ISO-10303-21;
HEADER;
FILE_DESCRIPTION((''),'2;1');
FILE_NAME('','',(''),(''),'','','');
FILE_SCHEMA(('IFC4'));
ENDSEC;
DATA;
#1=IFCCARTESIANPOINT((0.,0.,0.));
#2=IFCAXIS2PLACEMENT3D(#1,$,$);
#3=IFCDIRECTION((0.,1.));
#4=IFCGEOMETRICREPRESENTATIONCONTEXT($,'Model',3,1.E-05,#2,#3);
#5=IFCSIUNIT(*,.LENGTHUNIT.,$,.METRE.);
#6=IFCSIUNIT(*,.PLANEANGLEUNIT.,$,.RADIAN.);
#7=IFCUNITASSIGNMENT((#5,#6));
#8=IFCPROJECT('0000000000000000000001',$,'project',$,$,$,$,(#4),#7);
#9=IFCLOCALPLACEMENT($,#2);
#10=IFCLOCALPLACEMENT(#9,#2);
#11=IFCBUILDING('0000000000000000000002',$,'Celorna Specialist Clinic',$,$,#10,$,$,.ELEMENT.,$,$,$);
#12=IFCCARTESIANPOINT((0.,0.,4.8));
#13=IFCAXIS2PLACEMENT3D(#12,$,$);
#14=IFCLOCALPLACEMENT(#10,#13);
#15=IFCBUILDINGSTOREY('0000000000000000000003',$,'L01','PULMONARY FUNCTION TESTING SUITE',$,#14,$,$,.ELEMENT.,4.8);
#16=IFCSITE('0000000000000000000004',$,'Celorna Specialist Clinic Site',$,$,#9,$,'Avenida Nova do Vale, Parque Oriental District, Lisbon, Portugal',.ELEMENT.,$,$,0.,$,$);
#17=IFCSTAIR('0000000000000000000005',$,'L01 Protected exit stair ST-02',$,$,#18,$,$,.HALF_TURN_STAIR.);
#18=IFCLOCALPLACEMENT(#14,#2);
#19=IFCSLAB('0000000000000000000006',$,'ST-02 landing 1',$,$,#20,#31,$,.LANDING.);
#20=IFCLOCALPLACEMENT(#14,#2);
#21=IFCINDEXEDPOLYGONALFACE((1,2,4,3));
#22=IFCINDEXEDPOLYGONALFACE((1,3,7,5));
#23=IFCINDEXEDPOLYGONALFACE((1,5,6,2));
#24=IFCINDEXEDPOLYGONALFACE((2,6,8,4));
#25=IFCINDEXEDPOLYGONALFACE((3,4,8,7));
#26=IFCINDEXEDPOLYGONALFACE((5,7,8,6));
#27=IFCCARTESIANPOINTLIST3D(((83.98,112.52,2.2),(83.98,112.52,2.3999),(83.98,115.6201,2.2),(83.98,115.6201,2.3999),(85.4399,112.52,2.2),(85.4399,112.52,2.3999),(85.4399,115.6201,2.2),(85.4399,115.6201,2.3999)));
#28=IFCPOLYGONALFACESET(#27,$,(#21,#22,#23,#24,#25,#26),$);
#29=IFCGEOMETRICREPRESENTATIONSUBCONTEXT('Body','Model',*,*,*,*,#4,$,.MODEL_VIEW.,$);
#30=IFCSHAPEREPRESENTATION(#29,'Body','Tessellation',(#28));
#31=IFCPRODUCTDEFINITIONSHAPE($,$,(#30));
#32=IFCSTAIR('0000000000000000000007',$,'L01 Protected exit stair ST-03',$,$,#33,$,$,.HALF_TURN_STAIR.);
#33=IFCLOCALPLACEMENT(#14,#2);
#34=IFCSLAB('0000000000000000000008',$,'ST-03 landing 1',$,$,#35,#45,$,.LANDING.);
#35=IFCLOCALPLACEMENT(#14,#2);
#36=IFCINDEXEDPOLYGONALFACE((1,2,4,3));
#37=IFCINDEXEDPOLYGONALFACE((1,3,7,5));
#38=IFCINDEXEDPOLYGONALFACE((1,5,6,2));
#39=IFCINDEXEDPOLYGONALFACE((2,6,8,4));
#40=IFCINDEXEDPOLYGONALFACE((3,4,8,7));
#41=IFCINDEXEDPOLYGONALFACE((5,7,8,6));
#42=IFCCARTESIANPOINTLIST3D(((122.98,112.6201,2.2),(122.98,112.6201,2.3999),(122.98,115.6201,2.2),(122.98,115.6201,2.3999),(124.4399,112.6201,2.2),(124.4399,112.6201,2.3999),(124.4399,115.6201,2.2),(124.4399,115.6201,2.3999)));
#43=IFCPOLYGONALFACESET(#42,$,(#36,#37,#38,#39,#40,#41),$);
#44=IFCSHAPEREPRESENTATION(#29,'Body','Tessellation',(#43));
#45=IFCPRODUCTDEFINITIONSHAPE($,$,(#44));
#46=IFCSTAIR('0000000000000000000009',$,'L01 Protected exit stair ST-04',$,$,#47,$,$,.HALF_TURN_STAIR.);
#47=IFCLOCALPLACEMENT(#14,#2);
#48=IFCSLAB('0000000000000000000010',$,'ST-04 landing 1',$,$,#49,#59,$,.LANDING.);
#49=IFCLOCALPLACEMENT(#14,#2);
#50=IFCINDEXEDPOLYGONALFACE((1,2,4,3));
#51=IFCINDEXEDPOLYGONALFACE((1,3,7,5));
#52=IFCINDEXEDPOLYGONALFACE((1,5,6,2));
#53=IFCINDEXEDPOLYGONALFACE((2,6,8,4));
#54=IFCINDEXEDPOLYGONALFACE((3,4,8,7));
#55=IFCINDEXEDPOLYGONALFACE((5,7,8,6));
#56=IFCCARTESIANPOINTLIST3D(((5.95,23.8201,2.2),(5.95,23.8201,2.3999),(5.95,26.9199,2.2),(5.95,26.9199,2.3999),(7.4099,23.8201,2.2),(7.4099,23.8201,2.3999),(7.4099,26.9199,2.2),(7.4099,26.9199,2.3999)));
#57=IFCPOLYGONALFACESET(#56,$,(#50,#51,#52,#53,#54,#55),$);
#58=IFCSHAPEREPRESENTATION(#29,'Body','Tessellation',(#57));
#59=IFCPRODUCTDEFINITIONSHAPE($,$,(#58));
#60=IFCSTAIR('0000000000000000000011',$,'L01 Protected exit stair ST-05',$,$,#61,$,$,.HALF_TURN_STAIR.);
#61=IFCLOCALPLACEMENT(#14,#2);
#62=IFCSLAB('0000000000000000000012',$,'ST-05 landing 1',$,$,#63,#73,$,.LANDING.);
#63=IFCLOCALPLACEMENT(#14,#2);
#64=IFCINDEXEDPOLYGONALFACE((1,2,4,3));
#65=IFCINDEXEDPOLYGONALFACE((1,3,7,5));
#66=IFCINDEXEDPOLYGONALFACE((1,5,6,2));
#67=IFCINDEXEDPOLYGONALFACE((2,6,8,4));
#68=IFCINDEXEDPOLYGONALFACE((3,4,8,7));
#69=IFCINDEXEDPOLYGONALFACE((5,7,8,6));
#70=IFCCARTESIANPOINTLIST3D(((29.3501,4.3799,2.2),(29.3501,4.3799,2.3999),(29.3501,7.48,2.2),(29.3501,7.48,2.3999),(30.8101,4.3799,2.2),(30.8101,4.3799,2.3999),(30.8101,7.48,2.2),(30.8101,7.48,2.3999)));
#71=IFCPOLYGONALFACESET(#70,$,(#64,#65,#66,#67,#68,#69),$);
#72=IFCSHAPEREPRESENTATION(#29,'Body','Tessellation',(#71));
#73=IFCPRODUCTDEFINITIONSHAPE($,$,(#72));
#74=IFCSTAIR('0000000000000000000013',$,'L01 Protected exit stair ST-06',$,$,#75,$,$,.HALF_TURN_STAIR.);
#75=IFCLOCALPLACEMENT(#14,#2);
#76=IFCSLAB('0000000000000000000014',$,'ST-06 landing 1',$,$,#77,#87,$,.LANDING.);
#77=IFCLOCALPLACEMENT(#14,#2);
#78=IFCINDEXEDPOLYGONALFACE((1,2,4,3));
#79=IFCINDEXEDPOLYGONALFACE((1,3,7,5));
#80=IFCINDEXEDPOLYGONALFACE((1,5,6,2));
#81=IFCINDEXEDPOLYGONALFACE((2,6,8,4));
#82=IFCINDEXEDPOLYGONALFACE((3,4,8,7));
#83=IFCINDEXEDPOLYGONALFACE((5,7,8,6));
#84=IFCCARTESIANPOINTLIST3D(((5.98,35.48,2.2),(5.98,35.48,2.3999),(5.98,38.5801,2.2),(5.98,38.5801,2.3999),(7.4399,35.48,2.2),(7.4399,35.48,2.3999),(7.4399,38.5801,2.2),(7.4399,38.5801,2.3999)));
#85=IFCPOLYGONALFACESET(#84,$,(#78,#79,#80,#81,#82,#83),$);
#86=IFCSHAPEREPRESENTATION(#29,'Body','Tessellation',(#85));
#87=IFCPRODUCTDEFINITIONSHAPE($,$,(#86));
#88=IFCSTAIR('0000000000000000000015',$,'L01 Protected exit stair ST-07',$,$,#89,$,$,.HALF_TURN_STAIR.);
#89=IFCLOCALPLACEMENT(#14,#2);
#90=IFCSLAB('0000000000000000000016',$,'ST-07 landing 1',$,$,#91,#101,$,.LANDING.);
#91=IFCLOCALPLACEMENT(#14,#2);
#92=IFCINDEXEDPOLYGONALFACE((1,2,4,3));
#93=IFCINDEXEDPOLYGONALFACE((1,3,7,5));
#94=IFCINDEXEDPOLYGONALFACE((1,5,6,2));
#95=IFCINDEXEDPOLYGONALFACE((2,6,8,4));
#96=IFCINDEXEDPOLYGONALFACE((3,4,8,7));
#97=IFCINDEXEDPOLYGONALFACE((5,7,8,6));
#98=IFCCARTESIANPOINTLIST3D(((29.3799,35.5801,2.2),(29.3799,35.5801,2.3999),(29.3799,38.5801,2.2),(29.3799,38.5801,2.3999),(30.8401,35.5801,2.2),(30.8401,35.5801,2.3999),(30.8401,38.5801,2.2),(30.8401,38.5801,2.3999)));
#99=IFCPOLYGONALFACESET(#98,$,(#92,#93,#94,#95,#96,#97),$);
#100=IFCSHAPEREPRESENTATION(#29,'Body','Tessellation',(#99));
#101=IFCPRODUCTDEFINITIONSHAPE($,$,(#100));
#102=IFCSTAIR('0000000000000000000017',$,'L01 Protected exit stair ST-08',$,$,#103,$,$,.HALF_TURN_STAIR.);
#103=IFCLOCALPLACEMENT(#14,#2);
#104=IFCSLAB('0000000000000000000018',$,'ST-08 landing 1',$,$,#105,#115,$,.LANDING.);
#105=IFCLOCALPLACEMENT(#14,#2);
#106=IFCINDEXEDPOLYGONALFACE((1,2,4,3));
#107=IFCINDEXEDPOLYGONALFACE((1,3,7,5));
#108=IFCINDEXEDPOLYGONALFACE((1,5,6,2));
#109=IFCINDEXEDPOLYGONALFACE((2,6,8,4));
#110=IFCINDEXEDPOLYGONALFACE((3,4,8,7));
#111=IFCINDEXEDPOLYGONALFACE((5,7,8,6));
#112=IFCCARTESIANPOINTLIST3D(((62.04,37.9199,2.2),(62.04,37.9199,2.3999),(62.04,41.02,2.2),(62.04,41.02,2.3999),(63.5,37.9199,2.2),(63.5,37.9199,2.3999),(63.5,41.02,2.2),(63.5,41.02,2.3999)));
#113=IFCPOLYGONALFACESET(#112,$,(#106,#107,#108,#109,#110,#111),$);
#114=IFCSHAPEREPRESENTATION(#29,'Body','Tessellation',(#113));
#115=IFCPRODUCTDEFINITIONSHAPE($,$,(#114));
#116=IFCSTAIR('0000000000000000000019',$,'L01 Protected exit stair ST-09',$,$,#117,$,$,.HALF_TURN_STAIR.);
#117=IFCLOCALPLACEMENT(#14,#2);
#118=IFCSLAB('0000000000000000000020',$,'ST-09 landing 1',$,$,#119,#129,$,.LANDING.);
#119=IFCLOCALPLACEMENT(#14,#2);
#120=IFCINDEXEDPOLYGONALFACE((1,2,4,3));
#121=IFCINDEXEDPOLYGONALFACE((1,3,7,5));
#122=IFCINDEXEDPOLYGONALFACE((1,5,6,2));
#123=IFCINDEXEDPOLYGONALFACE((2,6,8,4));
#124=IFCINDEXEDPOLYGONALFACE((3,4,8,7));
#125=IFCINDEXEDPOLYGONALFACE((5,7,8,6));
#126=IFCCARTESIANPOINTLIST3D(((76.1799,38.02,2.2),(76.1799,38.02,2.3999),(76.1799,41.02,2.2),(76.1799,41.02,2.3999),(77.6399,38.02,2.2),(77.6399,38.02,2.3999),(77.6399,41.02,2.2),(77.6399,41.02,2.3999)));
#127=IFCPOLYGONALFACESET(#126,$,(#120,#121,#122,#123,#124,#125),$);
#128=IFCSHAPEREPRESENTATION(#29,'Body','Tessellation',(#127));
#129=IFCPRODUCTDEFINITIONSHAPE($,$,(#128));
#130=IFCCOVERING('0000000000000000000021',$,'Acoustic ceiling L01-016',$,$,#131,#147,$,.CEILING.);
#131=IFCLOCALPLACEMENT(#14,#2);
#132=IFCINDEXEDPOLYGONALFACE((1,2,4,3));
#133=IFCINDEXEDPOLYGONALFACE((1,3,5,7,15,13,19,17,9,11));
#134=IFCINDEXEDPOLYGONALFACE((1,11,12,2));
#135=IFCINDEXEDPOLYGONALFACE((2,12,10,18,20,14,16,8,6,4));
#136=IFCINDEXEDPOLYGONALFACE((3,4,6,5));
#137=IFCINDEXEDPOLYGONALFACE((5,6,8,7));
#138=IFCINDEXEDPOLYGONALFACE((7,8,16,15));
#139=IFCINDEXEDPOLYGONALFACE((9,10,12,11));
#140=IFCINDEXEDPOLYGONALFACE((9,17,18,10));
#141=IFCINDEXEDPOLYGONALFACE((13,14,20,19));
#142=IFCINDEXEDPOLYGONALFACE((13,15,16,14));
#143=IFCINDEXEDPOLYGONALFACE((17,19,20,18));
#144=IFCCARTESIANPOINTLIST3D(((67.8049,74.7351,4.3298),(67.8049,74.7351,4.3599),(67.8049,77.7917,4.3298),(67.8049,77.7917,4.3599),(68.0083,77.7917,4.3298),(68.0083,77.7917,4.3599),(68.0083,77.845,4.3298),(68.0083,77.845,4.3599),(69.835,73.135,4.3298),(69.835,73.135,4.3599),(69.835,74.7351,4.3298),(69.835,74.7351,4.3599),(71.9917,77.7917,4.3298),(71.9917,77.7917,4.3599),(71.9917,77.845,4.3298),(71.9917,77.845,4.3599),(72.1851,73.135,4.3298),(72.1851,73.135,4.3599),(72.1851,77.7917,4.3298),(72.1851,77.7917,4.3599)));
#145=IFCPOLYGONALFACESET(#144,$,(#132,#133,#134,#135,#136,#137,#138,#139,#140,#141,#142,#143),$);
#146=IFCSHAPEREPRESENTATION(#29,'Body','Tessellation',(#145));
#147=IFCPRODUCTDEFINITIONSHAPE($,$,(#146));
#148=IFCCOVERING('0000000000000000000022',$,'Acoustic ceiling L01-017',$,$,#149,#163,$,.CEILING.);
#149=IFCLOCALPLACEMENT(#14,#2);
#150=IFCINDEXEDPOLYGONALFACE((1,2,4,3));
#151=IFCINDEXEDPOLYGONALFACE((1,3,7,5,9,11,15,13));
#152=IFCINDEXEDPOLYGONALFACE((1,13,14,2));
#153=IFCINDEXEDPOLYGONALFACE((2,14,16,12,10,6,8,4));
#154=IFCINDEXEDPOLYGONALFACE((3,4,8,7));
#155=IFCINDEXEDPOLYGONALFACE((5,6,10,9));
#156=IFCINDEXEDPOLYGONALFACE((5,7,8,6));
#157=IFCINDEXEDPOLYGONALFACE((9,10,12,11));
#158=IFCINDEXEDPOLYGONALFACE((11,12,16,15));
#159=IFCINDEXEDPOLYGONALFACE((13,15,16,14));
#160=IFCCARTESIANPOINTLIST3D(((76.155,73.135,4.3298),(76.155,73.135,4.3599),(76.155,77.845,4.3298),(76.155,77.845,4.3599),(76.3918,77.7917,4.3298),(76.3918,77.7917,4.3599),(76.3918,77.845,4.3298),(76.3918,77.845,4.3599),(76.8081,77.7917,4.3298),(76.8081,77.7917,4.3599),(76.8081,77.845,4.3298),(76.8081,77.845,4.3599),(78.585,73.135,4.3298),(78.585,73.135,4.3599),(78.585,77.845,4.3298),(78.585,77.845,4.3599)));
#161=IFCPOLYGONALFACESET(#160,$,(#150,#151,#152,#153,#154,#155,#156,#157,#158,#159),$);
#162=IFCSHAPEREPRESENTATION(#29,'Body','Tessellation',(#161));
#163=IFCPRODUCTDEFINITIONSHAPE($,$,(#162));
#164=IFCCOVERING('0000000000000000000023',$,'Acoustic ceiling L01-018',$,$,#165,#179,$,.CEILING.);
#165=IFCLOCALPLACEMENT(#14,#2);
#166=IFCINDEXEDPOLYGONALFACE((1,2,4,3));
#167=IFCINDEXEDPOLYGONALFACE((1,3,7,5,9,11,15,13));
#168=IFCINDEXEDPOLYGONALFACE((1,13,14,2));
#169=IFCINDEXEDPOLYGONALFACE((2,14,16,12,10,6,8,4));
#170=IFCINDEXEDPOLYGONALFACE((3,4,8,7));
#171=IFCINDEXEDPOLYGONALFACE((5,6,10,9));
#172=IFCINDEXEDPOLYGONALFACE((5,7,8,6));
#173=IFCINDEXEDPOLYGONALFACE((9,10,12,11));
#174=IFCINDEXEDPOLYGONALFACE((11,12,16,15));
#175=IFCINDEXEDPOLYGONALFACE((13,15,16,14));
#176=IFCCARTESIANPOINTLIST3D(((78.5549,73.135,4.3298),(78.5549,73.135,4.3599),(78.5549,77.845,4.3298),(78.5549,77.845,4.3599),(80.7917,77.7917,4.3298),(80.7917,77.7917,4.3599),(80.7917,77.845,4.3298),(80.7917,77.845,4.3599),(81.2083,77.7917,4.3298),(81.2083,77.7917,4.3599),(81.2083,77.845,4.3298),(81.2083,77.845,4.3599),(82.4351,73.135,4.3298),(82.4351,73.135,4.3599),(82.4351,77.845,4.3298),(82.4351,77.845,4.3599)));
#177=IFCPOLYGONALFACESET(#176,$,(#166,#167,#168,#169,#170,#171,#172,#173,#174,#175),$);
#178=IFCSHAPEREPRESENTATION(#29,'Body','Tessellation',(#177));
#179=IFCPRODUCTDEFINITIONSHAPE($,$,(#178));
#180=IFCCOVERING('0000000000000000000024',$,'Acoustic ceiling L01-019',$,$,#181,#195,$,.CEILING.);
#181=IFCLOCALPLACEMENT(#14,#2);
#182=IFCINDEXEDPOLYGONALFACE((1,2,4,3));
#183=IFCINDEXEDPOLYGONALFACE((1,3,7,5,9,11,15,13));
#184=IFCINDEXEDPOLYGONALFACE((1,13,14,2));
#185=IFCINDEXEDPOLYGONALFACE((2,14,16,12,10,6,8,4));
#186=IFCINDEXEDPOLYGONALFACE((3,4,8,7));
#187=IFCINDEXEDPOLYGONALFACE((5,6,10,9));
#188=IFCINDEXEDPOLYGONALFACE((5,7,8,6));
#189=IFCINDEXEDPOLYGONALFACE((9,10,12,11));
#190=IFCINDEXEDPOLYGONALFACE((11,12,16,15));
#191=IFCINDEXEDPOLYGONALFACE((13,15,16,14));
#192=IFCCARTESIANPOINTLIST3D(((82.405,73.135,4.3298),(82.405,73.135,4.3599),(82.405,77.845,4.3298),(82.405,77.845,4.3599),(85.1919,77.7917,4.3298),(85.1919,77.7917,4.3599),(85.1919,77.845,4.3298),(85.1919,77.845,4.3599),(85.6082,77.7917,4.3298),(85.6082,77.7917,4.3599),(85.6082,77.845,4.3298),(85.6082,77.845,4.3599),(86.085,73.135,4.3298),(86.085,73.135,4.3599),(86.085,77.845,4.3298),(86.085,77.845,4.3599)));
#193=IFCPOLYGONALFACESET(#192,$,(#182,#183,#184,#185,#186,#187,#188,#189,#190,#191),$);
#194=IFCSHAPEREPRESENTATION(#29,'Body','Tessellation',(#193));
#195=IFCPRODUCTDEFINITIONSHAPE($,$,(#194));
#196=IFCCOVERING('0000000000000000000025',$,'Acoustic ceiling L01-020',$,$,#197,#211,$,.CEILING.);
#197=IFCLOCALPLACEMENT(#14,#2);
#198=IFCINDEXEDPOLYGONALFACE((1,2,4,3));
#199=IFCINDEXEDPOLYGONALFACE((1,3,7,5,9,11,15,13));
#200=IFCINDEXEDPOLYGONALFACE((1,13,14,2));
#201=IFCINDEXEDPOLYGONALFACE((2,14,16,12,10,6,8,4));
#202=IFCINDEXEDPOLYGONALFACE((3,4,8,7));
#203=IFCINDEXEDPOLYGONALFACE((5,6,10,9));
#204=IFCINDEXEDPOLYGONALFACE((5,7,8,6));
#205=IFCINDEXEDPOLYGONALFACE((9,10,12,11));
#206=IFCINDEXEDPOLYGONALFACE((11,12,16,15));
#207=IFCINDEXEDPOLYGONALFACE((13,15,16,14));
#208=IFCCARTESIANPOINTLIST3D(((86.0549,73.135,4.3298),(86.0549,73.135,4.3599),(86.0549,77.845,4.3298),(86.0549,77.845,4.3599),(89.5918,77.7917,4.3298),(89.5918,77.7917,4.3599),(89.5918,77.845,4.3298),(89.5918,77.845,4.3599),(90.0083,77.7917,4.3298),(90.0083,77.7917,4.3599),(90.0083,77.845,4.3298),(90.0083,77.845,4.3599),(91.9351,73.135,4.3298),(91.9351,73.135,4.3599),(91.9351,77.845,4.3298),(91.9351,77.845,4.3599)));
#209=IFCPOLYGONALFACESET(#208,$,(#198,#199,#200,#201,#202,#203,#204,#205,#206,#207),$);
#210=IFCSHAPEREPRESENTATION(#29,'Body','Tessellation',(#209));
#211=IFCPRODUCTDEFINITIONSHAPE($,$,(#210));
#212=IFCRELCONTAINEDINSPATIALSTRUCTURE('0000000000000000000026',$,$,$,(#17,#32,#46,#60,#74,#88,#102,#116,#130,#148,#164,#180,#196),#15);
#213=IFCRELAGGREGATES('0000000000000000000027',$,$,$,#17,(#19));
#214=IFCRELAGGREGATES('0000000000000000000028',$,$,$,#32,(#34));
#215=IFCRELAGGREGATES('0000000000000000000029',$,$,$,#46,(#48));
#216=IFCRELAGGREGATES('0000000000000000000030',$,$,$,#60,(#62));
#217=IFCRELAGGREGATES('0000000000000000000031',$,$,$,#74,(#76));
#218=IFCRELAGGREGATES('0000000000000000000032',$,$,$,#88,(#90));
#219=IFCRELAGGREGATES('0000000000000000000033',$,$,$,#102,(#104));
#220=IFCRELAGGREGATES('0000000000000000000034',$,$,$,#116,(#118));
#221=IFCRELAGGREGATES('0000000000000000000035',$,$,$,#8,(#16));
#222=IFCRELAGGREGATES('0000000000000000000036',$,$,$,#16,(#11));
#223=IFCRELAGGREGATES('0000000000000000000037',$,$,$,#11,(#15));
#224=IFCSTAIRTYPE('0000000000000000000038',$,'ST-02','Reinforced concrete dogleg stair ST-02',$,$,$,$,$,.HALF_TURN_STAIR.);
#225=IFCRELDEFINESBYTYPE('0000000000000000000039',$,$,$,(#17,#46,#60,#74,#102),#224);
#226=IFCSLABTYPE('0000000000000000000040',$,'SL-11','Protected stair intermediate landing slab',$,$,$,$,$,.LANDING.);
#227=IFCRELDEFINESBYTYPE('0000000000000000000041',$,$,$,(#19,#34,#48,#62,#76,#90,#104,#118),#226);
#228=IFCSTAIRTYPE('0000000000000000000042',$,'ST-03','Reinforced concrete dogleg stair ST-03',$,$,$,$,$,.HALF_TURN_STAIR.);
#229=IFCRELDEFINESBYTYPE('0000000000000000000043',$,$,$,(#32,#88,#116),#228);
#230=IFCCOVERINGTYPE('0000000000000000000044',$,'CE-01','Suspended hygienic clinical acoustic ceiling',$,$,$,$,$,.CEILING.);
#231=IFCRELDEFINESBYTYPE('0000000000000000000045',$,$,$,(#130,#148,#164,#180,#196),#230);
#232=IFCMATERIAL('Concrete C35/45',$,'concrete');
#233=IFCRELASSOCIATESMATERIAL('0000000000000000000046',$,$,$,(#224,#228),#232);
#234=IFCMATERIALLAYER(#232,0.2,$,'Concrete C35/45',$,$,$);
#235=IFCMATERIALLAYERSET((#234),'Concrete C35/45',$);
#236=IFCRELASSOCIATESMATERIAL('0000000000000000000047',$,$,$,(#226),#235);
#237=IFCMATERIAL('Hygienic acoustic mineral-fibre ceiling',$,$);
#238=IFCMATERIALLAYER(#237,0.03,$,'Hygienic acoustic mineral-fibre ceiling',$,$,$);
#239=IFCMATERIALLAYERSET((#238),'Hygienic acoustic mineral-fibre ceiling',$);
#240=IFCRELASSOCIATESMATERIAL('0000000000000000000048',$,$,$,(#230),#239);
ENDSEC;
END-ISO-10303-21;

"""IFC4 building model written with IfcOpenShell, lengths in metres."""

from ifc_helpers import new_model, si_unit, direction, frame, origin, place, context, subcontext, project, spatial, polyline, outline, extrude, material, layer, layer_set, type_object, element, aggregate, save


model = new_model("IFC4")

# Units and contexts
model_context = context("Model", 3, precision=1e-05, world=origin(), true_north=direction((0.0, 1.0)))
body_context = subcontext(model_context, "Body", "Model", "MODEL_VIEW")
ifc_project = project(units=[si_unit("LENGTHUNIT", "METRE"), si_unit("PLANEANGLEUNIT", "RADIAN")], contexts=[model_context])

# Site, building, storey
site_placement = place(None, origin())
site = spatial("IfcSite", under=ifc_project, at=site_placement, Name="Celorna Specialist Clinic Site", LongName="Avenida Nova do Vale, Parque Oriental District, Lisbon, Portugal", CompositionType="ELEMENT", RefElevation=0.0)
building_placement = place(site_placement, origin())
building = spatial("IfcBuilding", under=site, at=building_placement, Name="Celorna Specialist Clinic", CompositionType="ELEMENT")
storey_placement = place(building_placement, frame((0.0, 0.0, 4.8)))
storey = spatial("IfcBuildingStorey", under=building, at=storey_placement, Name="L01", Description="PULMONARY FUNCTION TESTING SUITE", CompositionType="ELEMENT", Elevation=4.8)

# Stairs, slabs
ifc_material_1 = material(Name="Concrete C35/45", Category="concrete")
stair_type_1 = type_object("IfcStairType", Name="ST-02", Description="Reinforced concrete dogleg stair ST-02", PredefinedType="HALF_TURN_STAIR", material=ifc_material_1)
stair_1_placement = place(storey_placement, origin())
stair_1 = element("IfcStair", 1, at=stair_1_placement, inside=storey, type_object=stair_type_1, Name="L01 Protected exit stair ST-02", PredefinedType="HALF_TURN_STAIR")
ifc_layer_1 = layer(ifc_material_1, 0.2, Name="Concrete C35/45")
ifc_layer_set_1 = layer_set([ifc_layer_1], Name="Concrete C35/45")
slab_type = type_object("IfcSlabType", Name="SL-11", Description="Protected stair intermediate landing slab", PredefinedType="LANDING", material=ifc_layer_set_1)
slab_1_placement = place(storey_placement, frame((0.0, 0.0, 2.2)))
slab_1 = element("IfcSlab", 2, at=slab_1_placement, type_object=slab_type, Name="ST-02 landing 1", PredefinedType="LANDING", context=body_context, shape_type="SweptSolid", body=[
    extrude(outline(polyline([(83.98, 112.52), (85.4399, 112.52), (85.4399, 115.6201), (83.98, 115.6201), (83.98, 112.52)])), origin(), (0.0, 0.0, 1.0), 0.2),
])
aggregate(stair_1, [slab_1])
stair_type_2 = type_object("IfcStairType", Name="ST-03", Description="Reinforced concrete dogleg stair ST-03", PredefinedType="HALF_TURN_STAIR", material=ifc_material_1)
stair_2_placement = place(storey_placement, origin())
stair_2 = element("IfcStair", 3, at=stair_2_placement, inside=storey, type_object=stair_type_2, Name="L01 Protected exit stair ST-03", PredefinedType="HALF_TURN_STAIR")
slab_2_placement = place(storey_placement, frame((0.0, 0.0, 2.2)))
slab_2 = element("IfcSlab", 4, at=slab_2_placement, type_object=slab_type, Name="ST-03 landing 1", PredefinedType="LANDING", context=body_context, shape_type="SweptSolid", body=[
    extrude(outline(polyline([(122.98, 112.6201), (124.4399, 112.6201), (124.4399, 115.6201), (122.98, 115.6201), (122.98, 112.6201)])), origin(), (0.0, 0.0, 1.0), 0.2),
])
aggregate(stair_2, [slab_2])
stair_3_placement = place(storey_placement, origin())
stair_3 = element("IfcStair", 5, at=stair_3_placement, inside=storey, type_object=stair_type_1, Name="L01 Protected exit stair ST-04", PredefinedType="HALF_TURN_STAIR")
slab_3_placement = place(storey_placement, frame((0.0, 0.0, 2.2)))
slab_3 = element("IfcSlab", 6, at=slab_3_placement, type_object=slab_type, Name="ST-04 landing 1", PredefinedType="LANDING", context=body_context, shape_type="SweptSolid", body=[
    extrude(outline(polyline([(5.95, 23.8201), (7.4099, 23.8201), (7.4099, 26.9199), (5.95, 26.9199), (5.95, 23.8201)])), origin(), (0.0, 0.0, 1.0), 0.2),
])
aggregate(stair_3, [slab_3])
stair_4_placement = place(storey_placement, origin())
stair_4 = element("IfcStair", 7, at=stair_4_placement, inside=storey, type_object=stair_type_1, Name="L01 Protected exit stair ST-05", PredefinedType="HALF_TURN_STAIR")
slab_4_placement = place(storey_placement, frame((0.0, 0.0, 2.2)))
slab_4 = element("IfcSlab", 8, at=slab_4_placement, type_object=slab_type, Name="ST-05 landing 1", PredefinedType="LANDING", context=body_context, shape_type="SweptSolid", body=[
    extrude(outline(polyline([(29.3501, 4.3799), (30.8101, 4.3799), (30.8101, 7.48), (29.3501, 7.48), (29.3501, 4.3799)])), origin(), (0.0, 0.0, 1.0), 0.2),
])
aggregate(stair_4, [slab_4])
stair_5_placement = place(storey_placement, origin())
stair_5 = element("IfcStair", 9, at=stair_5_placement, inside=storey, type_object=stair_type_1, Name="L01 Protected exit stair ST-06", PredefinedType="HALF_TURN_STAIR")
slab_5_placement = place(storey_placement, frame((0.0, 0.0, 2.2)))
slab_5 = element("IfcSlab", 10, at=slab_5_placement, type_object=slab_type, Name="ST-06 landing 1", PredefinedType="LANDING", context=body_context, shape_type="SweptSolid", body=[
    extrude(outline(polyline([(5.98, 35.48), (7.4399, 35.48), (7.4399, 38.5801), (5.98, 38.5801), (5.98, 35.48)])), origin(), (0.0, 0.0, 1.0), 0.2),
])
aggregate(stair_5, [slab_5])
stair_6_placement = place(storey_placement, origin())
stair_6 = element("IfcStair", 11, at=stair_6_placement, inside=storey, type_object=stair_type_2, Name="L01 Protected exit stair ST-07", PredefinedType="HALF_TURN_STAIR")
slab_6_placement = place(storey_placement, frame((0.0, 0.0, 2.2)))
slab_6 = element("IfcSlab", 12, at=slab_6_placement, type_object=slab_type, Name="ST-07 landing 1", PredefinedType="LANDING", context=body_context, shape_type="SweptSolid", body=[
    extrude(outline(polyline([(29.3799, 35.5801), (30.8401, 35.5801), (30.8401, 38.5801), (29.3799, 38.5801), (29.3799, 35.5801)])), origin(), (0.0, 0.0, 1.0), 0.2),
])
aggregate(stair_6, [slab_6])
stair_7_placement = place(storey_placement, origin())
stair_7 = element("IfcStair", 13, at=stair_7_placement, inside=storey, type_object=stair_type_1, Name="L01 Protected exit stair ST-08", PredefinedType="HALF_TURN_STAIR")
slab_7_placement = place(storey_placement, frame((0.0, 0.0, 2.2)))
slab_7 = element("IfcSlab", 14, at=slab_7_placement, type_object=slab_type, Name="ST-08 landing 1", PredefinedType="LANDING", context=body_context, shape_type="SweptSolid", body=[
    extrude(outline(polyline([(62.04, 37.9199), (63.5, 37.9199), (63.5, 41.02), (62.04, 41.02), (62.04, 37.9199)])), origin(), (0.0, 0.0, 1.0), 0.2),
])
aggregate(stair_7, [slab_7])
stair_8_placement = place(storey_placement, origin())
stair_8 = element("IfcStair", 15, at=stair_8_placement, inside=storey, type_object=stair_type_2, Name="L01 Protected exit stair ST-09", PredefinedType="HALF_TURN_STAIR")
slab_8_placement = place(storey_placement, frame((0.0, 0.0, 2.2)))
slab_8 = element("IfcSlab", 16, at=slab_8_placement, type_object=slab_type, Name="ST-09 landing 1", PredefinedType="LANDING", context=body_context, shape_type="SweptSolid", body=[
    extrude(outline(polyline([(76.1799, 38.02), (77.6399, 38.02), (77.6399, 41.02), (76.1799, 41.02), (76.1799, 38.02)])), origin(), (0.0, 0.0, 1.0), 0.2),
])
aggregate(stair_8, [slab_8])

# Coverings
ifc_material_2 = material(Name="Hygienic acoustic mineral-fibre ceiling")
ifc_layer_2 = layer(ifc_material_2, 0.03, Name="Hygienic acoustic mineral-fibre ceiling")
ifc_layer_set_2 = layer_set([ifc_layer_2], Name="Hygienic acoustic mineral-fibre ceiling")
covering_type = type_object("IfcCoveringType", Name="CE-01", Description="Suspended hygienic clinical acoustic ceiling", PredefinedType="CEILING", material=ifc_layer_set_2)
covering_1_placement = place(storey_placement, frame((0.0, 0.0, 4.3298)))
element("IfcCovering", 17, at=covering_1_placement, inside=storey, type_object=covering_type, Name="Acoustic ceiling L01-016", PredefinedType="CEILING", context=body_context, shape_type="SweptSolid", body=[
    extrude(outline(polyline([(71.9917, 77.845), (71.9917, 77.7917), (72.1851, 77.7917), (72.1851, 73.135), (69.835, 73.135), (69.835, 74.7351), (67.8049, 74.7351), (67.8049, 77.7917), (68.0083, 77.7917), (68.0083, 77.845), (71.9917, 77.845)])), origin(), (0.0, 0.0, 1.0), 0.03),
])
covering_2_placement = place(storey_placement, frame((0.0, 0.0, 4.3298)))
element("IfcCovering", 18, at=covering_2_placement, inside=storey, type_object=covering_type, Name="Acoustic ceiling L01-017", PredefinedType="CEILING", context=body_context, shape_type="SweptSolid", body=[
    extrude(outline(polyline([(78.585, 77.845), (78.585, 73.135), (76.155, 73.135), (76.155, 77.845), (76.3918, 77.845), (76.3918, 77.7917), (76.8081, 77.7917), (76.8081, 77.845), (78.585, 77.845)])), origin(), (0.0, 0.0, 1.0), 0.03),
])
covering_3_placement = place(storey_placement, frame((0.0, 0.0, 4.3298)))
element("IfcCovering", 19, at=covering_3_placement, inside=storey, type_object=covering_type, Name="Acoustic ceiling L01-018", PredefinedType="CEILING", context=body_context, shape_type="SweptSolid", body=[
    extrude(outline(polyline([(80.7917, 77.845), (80.7917, 77.7917), (81.2083, 77.7917), (81.2083, 77.845), (82.4351, 77.845), (82.4351, 73.135), (78.5549, 73.135), (78.5549, 77.845), (80.7917, 77.845)])), origin(), (0.0, 0.0, 1.0), 0.03),
])
covering_4_placement = place(storey_placement, frame((0.0, 0.0, 4.3298)))
element("IfcCovering", 20, at=covering_4_placement, inside=storey, type_object=covering_type, Name="Acoustic ceiling L01-019", PredefinedType="CEILING", context=body_context, shape_type="SweptSolid", body=[
    extrude(outline(polyline([(85.1919, 77.845), (85.1919, 77.7917), (85.6082, 77.7917), (85.6082, 77.845), (86.085, 77.845), (86.085, 73.135), (82.405, 73.135), (82.405, 77.845), (85.1919, 77.845)])), origin(), (0.0, 0.0, 1.0), 0.03),
])
covering_5_placement = place(storey_placement, frame((0.0, 0.0, 4.3298)))
element("IfcCovering", 21, at=covering_5_placement, inside=storey, type_object=covering_type, Name="Acoustic ceiling L01-020", PredefinedType="CEILING", context=body_context, shape_type="SweptSolid", body=[
    extrude(outline(polyline([(89.5918, 77.845), (89.5918, 77.7917), (90.0083, 77.7917), (90.0083, 77.845), (91.9351, 77.845), (91.9351, 73.135), (86.0549, 73.135), (86.0549, 77.845), (89.5918, 77.845)])), origin(), (0.0, 0.0, 1.0), 0.03),
])

save(model, "model.ifc")
